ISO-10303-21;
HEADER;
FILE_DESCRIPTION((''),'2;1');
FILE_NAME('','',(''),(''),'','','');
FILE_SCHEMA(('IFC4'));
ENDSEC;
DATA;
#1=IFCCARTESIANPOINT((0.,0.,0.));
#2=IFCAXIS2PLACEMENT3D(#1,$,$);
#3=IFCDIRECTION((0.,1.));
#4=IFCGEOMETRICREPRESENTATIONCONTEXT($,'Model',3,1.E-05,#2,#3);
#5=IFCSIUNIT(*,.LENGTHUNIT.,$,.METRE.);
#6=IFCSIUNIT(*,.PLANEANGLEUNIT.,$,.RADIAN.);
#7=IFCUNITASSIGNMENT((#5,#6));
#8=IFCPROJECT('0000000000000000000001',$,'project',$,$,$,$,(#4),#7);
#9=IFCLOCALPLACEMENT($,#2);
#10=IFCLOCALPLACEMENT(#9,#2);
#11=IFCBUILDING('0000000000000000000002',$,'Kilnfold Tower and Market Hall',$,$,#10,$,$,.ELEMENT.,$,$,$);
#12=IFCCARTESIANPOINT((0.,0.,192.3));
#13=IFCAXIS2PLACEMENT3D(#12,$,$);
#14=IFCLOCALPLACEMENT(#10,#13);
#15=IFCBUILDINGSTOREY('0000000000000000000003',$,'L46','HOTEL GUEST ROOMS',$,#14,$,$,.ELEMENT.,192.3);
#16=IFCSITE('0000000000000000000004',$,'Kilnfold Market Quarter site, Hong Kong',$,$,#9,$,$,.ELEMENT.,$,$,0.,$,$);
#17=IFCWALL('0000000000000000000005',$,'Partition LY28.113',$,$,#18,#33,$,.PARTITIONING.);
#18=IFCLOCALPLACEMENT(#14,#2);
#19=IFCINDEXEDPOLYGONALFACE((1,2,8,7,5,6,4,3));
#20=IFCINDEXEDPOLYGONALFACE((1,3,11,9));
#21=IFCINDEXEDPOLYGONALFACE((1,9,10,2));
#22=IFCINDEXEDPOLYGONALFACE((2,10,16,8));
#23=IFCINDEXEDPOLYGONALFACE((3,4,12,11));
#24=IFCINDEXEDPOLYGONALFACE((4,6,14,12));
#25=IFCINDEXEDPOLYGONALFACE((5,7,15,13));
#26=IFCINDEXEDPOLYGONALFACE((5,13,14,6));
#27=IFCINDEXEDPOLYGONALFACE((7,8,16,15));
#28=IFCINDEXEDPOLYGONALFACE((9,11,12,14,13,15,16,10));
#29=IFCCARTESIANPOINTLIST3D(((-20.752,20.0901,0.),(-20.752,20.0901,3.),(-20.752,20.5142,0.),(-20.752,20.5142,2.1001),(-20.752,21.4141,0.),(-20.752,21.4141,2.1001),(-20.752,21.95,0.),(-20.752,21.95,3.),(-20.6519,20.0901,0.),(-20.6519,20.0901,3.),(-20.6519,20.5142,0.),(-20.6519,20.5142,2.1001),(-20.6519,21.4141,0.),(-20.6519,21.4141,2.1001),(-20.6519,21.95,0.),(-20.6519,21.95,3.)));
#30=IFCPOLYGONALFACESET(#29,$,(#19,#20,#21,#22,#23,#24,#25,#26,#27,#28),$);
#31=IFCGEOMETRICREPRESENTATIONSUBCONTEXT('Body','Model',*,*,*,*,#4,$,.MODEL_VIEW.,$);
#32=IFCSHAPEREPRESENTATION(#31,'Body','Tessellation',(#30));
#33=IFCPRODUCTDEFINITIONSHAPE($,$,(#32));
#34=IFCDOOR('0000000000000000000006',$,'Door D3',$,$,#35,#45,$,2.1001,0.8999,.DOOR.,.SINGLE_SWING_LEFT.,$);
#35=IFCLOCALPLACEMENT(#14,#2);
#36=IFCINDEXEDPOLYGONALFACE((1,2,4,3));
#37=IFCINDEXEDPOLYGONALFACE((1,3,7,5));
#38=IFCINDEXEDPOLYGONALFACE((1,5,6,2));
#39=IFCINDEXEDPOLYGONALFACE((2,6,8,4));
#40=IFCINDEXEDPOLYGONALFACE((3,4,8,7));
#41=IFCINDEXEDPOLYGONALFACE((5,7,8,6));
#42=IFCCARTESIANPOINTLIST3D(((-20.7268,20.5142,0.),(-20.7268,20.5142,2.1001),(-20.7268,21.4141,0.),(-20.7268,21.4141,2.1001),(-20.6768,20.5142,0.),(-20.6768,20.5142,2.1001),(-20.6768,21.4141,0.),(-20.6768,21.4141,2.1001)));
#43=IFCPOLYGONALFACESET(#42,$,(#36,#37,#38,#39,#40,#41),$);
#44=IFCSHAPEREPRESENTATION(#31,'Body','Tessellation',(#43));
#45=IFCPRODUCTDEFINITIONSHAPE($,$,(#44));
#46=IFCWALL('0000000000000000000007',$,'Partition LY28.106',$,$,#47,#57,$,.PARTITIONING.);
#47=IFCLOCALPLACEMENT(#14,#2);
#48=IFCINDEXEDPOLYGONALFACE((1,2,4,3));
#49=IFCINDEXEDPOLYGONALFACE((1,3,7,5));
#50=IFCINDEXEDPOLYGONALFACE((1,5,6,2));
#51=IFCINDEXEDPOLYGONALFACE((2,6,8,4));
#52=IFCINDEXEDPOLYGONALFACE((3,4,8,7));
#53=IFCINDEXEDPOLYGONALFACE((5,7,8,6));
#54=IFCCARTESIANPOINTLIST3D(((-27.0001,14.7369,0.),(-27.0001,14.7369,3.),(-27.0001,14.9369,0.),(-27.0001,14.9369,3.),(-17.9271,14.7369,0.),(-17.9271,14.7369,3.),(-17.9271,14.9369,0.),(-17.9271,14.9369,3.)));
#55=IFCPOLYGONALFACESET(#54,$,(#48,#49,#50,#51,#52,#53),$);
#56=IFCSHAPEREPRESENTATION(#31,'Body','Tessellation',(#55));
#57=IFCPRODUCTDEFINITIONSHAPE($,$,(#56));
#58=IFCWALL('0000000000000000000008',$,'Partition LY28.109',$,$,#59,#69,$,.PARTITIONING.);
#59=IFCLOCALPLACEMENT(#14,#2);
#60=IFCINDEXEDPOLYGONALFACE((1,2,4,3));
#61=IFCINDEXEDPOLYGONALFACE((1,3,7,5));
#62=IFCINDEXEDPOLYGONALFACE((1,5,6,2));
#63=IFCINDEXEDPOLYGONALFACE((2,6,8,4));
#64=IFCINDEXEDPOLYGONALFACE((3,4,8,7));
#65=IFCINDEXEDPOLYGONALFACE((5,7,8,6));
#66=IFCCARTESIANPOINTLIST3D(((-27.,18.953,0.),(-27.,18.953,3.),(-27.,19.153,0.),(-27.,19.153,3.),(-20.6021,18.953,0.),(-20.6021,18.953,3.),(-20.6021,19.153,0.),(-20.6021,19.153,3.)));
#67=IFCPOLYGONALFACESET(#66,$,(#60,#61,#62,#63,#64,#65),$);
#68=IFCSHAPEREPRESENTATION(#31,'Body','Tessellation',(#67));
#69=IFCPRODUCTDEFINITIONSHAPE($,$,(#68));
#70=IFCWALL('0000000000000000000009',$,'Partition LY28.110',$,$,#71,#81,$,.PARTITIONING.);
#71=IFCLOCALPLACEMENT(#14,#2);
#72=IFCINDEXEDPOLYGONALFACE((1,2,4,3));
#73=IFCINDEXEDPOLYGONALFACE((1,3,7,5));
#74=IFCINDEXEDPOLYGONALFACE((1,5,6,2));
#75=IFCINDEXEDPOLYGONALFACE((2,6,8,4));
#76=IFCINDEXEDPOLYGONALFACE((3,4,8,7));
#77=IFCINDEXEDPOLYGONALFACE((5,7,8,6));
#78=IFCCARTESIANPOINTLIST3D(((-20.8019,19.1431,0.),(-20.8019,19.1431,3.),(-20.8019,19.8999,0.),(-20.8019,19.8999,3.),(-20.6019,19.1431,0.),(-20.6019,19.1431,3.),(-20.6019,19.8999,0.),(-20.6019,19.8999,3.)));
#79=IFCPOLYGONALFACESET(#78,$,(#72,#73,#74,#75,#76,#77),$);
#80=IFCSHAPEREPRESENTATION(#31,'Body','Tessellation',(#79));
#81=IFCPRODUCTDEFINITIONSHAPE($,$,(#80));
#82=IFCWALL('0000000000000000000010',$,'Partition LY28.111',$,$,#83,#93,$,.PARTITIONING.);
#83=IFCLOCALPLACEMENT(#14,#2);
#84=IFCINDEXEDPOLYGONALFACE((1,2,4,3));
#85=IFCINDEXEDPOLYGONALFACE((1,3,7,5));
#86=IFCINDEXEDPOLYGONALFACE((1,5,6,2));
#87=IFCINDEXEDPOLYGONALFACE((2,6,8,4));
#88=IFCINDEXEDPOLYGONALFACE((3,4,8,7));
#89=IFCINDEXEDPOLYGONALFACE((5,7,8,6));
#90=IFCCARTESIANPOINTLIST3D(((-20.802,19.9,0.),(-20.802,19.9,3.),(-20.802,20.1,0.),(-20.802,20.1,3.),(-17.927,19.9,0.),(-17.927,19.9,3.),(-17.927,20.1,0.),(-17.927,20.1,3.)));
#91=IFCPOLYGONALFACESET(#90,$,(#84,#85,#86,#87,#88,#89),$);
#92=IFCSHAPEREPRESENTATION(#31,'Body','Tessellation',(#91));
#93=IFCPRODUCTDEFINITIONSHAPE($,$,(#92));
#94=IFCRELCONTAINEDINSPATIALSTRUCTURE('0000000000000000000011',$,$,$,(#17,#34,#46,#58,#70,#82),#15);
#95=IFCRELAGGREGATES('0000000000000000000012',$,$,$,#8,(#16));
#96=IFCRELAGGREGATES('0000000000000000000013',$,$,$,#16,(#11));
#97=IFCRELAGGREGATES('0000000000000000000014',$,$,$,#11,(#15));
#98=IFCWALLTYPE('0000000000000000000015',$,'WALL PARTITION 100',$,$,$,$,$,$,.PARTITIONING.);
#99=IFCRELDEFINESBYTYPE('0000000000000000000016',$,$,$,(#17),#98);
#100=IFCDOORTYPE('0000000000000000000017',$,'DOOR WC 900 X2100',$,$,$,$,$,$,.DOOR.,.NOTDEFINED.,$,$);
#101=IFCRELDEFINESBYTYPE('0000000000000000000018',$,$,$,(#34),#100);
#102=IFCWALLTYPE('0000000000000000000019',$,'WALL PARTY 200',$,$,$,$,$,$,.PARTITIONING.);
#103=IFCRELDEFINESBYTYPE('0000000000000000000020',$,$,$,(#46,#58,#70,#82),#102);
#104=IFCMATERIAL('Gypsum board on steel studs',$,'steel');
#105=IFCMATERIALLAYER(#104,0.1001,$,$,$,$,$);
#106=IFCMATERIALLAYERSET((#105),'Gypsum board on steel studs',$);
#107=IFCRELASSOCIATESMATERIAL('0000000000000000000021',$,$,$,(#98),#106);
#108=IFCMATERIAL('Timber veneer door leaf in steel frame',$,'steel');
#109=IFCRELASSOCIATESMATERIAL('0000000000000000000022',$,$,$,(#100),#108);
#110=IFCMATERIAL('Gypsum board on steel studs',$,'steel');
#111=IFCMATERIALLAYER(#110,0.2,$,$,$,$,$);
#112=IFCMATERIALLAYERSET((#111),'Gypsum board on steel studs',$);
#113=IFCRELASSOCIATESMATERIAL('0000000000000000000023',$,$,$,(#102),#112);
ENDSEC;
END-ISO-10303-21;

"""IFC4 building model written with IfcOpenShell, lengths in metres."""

from ifc_helpers import new_model, si_unit, direction, frame, frame_2d, origin, place, context, subcontext, project, spatial, rectangle, extrude, material, layer, layer_set, type_object, element, fill, save


model = new_model("IFC4")

# Units and contexts
model_context = context("Model", 3, precision=1e-05, world=origin(), true_north=direction((0.0, 1.0)))
body_context = subcontext(model_context, "Body", "Model", "MODEL_VIEW")
ifc_project = project(units=[si_unit("LENGTHUNIT", "METRE"), si_unit("PLANEANGLEUNIT", "RADIAN")], contexts=[model_context])

# Site, building, storey
site_placement = place(None, origin())
site = spatial("IfcSite", under=ifc_project, at=site_placement, Name="Kilnfold Market Quarter site, Hong Kong", CompositionType="ELEMENT", RefElevation=0.0)
building_placement = place(site_placement, origin())
building = spatial("IfcBuilding", under=site, at=building_placement, Name="Kilnfold Tower and Market Hall", CompositionType="ELEMENT")
storey_placement = place(building_placement, frame((0.0, 0.0, 192.3)))
storey = spatial("IfcBuildingStorey", under=building, at=storey_placement, Name="L46", Description="HOTEL GUEST ROOMS", CompositionType="ELEMENT", Elevation=192.3)

# Shared definitions
ifc_material_1 = material(Name="Gypsum board on steel studs", Category="steel")
ifc_layer_1 = layer(ifc_material_1, 0.1001)
ifc_layer_set_1 = layer_set([ifc_layer_1], Name="Gypsum board on steel studs")
wall_type_1 = type_object("IfcWallType", Name="WALL PARTITION 100", PredefinedType="PARTITIONING", material=ifc_layer_set_1)
ifc_material_2 = material(Name="Timber veneer door leaf in steel frame", Category="steel")
door_type_1 = type_object("IfcDoorType", Name="DOOR WC 900 X2100", OperationType="NOTDEFINED", PredefinedType="DOOR", material=ifc_material_2)

# Wall, opening, door
wall_1_placement = place(storey_placement, frame((-20.7019, 20.0901, 0.0), z_axis=(0.0, 0.0, 1.0), x_axis=(0.0, 1.0, 0.0)))
wall_1 = element("IfcWall", 1, at=wall_1_placement, inside=storey, type_object=wall_type_1, Name="Partition LY28.113", PredefinedType="PARTITIONING", context=body_context, shape_type="SweptSolid", body=[
    extrude(rectangle(XDim=1.8599, YDim=0.1001, at=frame_2d((0.9299, 0.0))), origin(), (0.0, 0.0, 1.0), 3.0),
])
opening_1_placement = place(wall_1_placement, frame((0.4241, 0.0, 0.0)))
opening_1 = element("IfcOpeningElement", 2, at=opening_1_placement, cuts=wall_1, PredefinedType="OPENING", context=body_context, shape_type="SweptSolid", body=[
    extrude(rectangle(XDim=0.8999, YDim=2.1001, at=frame_2d((0.45, 1.05))), frame((0.0, 0.0601, 0.0), z_axis=(0.0, -1.0, 0.0), x_axis=(1.0, 0.0, 0.0)), (0.0, 0.0, 1.0), 0.1201),
])
door_1_placement = place(opening_1_placement, origin())
door_1 = element("IfcDoor", 3, at=door_1_placement, inside=storey, type_object=door_type_1, Name="Door D3", OperationType="SINGLE_SWING_LEFT", OverallHeight=2.1001, OverallWidth=0.8999, PredefinedType="DOOR", context=body_context, shape_type="SweptSolid", body=[
    extrude(rectangle(XDim=0.8999, YDim=2.1001, at=frame_2d((0.45, 1.05))), frame((0.0, 0.0249, 0.0), z_axis=(0.0, -1.0, 0.0), x_axis=(1.0, 0.0, 0.0)), (0.0, 0.0, 1.0), 0.05),
])
fill(opening_1, door_1)

# Walls
ifc_material_3 = material(Name="Gypsum board on steel studs", Category="steel")
ifc_layer_2 = layer(ifc_material_3, 0.2)
ifc_layer_set_2 = layer_set([ifc_layer_2], Name="Gypsum board on steel studs")
wall_type_2 = type_object("IfcWallType", Name="WALL PARTY 200", PredefinedType="PARTITIONING", material=ifc_layer_set_2)
wall_2_placement = place(storey_placement, frame((-17.927, 14.8369, 0.0), z_axis=(0.0, 0.0, 1.0), x_axis=(-1.0, 0.0, 0.0)))
element("IfcWall", 4, at=wall_2_placement, inside=storey, type_object=wall_type_2, Name="Partition LY28.106", PredefinedType="PARTITIONING", context=body_context, shape_type="SweptSolid", body=[
    extrude(rectangle(XDim=9.073, YDim=0.2, at=frame_2d((4.5366, 0.0))), origin(), (0.0, 0.0, 1.0), 3.0),
])
wall_3_placement = place(storey_placement, frame((-20.6021, 19.053, 0.0), z_axis=(0.0, 0.0, 1.0), x_axis=(-1.0, 0.0, 0.0)))
element("IfcWall", 5, at=wall_3_placement, inside=storey, type_object=wall_type_2, Name="Partition LY28.109", PredefinedType="PARTITIONING", context=body_context, shape_type="SweptSolid", body=[
    extrude(rectangle(XDim=6.3979, YDim=0.2, at=frame_2d((3.199, 0.0))), origin(), (0.0, 0.0, 1.0), 3.0),
])
wall_4_placement = place(storey_placement, frame((-20.7019, 19.8999, 0.0), z_axis=(0.0, 0.0, 1.0), x_axis=(0.0, -1.0, 0.0)))
element("IfcWall", 6, at=wall_4_placement, inside=storey, type_object=wall_type_2, Name="Partition LY28.110", PredefinedType="PARTITIONING", context=body_context, shape_type="SweptSolid", body=[
    extrude(rectangle(XDim=0.7568, YDim=0.2, at=frame_2d((0.3784, 0.0))), origin(), (0.0, 0.0, 1.0), 3.0),
])
wall_5_placement = place(storey_placement, frame((-17.927, 20.0, 0.0), z_axis=(0.0, 0.0, 1.0), x_axis=(-1.0, 0.0, 0.0)))
element("IfcWall", 7, at=wall_5_placement, inside=storey, type_object=wall_type_2, Name="Partition LY28.111", PredefinedType="PARTITIONING", context=body_context, shape_type="SweptSolid", body=[
    extrude(rectangle(XDim=2.875, YDim=0.2, at=frame_2d((1.4375, 0.0))), origin(), (0.0, 0.0, 1.0), 3.0),
])

save(model, "model.ifc")
